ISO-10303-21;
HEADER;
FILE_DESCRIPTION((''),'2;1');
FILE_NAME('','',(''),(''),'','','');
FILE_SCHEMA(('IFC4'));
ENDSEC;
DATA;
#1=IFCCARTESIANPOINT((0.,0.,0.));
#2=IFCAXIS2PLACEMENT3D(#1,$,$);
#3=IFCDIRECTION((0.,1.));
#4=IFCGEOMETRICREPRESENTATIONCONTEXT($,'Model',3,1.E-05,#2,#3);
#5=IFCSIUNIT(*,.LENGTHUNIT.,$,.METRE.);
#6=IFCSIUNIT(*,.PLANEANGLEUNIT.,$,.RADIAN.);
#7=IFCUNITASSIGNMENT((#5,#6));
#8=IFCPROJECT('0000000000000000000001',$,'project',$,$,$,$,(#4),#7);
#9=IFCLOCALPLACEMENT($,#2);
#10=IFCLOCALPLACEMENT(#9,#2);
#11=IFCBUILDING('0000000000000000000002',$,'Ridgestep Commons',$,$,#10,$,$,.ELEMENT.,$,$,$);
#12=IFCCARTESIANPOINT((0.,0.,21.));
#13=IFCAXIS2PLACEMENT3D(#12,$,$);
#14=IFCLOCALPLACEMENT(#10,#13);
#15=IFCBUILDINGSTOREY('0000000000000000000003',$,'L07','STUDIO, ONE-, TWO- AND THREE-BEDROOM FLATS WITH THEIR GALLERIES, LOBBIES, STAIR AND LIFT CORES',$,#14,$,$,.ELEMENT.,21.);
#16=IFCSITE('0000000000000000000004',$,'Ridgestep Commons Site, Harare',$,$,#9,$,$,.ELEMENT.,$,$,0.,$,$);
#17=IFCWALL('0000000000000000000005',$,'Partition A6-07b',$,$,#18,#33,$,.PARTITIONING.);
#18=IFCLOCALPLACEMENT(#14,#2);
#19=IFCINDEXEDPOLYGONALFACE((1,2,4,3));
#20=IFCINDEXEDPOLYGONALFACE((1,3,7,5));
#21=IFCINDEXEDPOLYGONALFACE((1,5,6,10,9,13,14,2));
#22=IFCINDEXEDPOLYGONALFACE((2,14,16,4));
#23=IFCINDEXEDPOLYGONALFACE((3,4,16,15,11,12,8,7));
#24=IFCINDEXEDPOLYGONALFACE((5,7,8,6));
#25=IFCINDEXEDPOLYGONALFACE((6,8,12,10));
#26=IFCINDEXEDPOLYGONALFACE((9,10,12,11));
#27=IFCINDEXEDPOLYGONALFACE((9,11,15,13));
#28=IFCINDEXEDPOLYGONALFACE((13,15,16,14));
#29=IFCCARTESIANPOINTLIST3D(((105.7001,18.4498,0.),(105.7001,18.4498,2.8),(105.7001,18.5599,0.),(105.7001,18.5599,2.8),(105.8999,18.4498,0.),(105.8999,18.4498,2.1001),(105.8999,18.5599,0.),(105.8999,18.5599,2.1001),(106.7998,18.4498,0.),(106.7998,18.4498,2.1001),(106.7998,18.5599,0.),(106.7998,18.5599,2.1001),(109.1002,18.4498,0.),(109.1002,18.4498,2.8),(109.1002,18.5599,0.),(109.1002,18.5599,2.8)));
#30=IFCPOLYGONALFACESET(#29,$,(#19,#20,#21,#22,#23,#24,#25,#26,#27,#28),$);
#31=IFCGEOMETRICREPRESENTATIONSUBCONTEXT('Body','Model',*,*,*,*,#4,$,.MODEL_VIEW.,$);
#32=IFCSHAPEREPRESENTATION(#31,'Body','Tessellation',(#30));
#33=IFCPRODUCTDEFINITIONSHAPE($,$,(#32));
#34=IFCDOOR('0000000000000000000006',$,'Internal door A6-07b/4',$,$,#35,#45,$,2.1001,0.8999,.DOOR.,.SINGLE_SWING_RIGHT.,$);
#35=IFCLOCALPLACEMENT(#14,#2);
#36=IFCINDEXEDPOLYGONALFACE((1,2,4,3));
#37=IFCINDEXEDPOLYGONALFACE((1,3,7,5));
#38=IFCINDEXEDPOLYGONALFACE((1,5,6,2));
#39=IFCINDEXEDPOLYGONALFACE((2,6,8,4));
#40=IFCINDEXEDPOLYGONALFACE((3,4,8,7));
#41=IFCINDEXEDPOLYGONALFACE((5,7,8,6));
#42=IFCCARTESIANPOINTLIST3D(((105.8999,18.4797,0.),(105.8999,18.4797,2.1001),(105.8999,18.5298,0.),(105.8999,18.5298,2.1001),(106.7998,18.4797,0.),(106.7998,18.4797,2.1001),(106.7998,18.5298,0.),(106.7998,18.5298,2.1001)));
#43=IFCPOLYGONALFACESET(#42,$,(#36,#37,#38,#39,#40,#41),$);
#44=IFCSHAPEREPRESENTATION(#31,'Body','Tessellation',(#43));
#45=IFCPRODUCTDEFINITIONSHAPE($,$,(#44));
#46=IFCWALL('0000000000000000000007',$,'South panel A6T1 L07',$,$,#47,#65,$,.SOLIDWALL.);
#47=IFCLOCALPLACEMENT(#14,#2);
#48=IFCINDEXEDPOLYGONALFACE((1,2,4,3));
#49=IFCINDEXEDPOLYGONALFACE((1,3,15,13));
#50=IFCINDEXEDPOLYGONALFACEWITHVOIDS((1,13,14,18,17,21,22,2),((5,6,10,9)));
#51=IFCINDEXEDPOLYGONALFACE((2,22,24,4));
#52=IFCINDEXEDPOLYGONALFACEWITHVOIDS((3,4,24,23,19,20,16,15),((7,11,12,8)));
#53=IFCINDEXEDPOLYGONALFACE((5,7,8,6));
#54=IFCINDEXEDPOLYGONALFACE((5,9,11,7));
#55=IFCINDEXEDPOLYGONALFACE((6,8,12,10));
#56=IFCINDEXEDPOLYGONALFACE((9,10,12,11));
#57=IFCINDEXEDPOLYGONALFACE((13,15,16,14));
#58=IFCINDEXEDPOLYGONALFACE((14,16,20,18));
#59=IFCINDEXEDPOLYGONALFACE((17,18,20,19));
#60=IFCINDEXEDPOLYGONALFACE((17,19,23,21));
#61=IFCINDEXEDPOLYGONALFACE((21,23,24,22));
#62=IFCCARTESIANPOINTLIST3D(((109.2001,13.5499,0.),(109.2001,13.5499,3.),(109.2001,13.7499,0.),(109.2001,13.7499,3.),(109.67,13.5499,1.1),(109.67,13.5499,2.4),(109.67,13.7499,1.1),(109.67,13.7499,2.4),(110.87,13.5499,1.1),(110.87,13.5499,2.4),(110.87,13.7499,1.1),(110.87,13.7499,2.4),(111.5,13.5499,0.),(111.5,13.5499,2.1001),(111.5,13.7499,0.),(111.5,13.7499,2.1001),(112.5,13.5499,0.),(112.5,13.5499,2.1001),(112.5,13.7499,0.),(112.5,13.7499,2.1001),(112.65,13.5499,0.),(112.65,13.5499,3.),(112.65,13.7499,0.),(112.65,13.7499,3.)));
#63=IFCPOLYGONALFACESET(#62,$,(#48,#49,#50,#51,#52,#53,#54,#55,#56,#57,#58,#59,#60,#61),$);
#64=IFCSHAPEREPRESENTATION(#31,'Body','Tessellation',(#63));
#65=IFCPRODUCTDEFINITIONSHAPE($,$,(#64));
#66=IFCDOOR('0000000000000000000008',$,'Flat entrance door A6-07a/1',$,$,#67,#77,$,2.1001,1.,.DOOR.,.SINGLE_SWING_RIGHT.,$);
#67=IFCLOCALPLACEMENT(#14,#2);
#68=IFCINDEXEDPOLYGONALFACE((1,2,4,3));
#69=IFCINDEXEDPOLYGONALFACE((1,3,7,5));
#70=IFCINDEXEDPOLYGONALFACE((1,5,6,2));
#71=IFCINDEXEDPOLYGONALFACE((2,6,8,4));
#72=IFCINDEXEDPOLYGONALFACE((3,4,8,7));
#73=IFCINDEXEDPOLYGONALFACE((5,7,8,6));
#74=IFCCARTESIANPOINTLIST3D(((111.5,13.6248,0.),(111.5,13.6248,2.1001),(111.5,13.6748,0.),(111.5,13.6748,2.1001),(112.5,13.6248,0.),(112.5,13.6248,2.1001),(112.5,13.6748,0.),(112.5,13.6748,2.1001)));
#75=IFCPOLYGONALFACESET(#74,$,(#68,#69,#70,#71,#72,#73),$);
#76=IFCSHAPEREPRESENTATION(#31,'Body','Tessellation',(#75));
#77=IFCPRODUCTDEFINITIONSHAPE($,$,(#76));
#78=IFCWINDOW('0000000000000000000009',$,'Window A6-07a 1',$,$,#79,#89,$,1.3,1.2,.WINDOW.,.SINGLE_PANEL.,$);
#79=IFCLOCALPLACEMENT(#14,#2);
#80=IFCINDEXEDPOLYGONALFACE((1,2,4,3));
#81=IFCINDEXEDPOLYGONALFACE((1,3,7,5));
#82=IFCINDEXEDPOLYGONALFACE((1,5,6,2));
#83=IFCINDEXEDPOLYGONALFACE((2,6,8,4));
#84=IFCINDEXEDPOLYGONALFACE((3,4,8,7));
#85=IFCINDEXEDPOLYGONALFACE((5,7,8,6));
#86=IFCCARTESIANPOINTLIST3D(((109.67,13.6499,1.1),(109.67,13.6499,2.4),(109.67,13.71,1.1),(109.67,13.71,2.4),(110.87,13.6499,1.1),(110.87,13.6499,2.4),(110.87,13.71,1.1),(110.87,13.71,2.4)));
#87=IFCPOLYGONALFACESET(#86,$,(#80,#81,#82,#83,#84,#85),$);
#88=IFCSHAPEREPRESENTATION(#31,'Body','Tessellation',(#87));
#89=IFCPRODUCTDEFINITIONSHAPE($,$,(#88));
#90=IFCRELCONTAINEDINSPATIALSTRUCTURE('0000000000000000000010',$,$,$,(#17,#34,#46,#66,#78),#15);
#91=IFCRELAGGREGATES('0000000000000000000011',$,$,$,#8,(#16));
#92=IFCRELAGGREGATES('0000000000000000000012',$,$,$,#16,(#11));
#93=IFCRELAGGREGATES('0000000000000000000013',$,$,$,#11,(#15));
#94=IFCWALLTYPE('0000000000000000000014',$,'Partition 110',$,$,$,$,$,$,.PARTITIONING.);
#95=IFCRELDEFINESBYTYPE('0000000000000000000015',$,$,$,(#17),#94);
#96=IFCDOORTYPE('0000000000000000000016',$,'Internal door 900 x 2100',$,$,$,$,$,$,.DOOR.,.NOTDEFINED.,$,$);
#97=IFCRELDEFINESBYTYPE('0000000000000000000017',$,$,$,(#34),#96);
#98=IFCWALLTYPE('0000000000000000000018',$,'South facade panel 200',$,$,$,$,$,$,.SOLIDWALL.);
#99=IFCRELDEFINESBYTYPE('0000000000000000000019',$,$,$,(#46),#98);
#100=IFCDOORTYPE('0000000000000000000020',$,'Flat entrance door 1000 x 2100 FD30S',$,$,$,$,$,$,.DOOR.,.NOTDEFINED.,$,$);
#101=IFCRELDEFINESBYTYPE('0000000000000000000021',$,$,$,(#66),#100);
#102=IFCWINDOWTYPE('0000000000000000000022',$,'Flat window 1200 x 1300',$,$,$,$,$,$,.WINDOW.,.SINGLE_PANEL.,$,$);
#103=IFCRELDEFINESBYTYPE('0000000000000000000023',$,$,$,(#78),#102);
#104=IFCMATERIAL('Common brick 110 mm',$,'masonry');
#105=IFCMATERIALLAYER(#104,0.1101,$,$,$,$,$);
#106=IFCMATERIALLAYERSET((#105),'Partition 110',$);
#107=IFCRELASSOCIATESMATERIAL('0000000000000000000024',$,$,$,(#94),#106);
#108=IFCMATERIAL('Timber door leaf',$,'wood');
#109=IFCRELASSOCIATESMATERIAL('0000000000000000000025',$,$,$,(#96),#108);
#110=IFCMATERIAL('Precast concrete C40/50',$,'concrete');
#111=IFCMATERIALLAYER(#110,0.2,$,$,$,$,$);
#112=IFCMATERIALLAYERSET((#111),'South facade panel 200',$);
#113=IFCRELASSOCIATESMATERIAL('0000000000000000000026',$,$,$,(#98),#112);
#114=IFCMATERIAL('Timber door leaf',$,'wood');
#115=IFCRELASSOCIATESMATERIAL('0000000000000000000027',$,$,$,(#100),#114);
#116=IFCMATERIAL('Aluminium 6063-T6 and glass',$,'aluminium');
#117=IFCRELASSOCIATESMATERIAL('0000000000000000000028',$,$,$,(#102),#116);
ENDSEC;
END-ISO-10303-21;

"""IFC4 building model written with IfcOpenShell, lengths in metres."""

from ifc_helpers import new_model, si_unit, direction, frame, frame_2d, origin, place, context, subcontext, project, spatial, rectangle, extrude, material, layer, layer_set, type_object, element, fill, save


model = new_model("IFC4")

# Units and contexts
model_context = context("Model", 3, precision=1e-05, world=origin(), true_north=direction((0.0, 1.0)))
body_context = subcontext(model_context, "Body", "Model", "MODEL_VIEW")
ifc_project = project(units=[si_unit("LENGTHUNIT", "METRE"), si_unit("PLANEANGLEUNIT", "RADIAN")], contexts=[model_context])

# Site, building, storey
site_placement = place(None, origin())
site = spatial("IfcSite", under=ifc_project, at=site_placement, Name="Ridgestep Commons Site, Harare", CompositionType="ELEMENT", RefElevation=0.0)
building_placement = place(site_placement, origin())
building = spatial("IfcBuilding", under=site, at=building_placement, Name="Ridgestep Commons", CompositionType="ELEMENT")
storey_placement = place(building_placement, frame((0.0, 0.0, 21.0)))
storey = spatial("IfcBuildingStorey", under=building, at=storey_placement, Name="L07", Description="STUDIO, ONE-, TWO- AND THREE-BEDROOM FLATS WITH THEIR GALLERIES, LOBBIES, STAIR AND LIFT CORES", CompositionType="ELEMENT", Elevation=21.0)

# Shared definitions
ifc_material_1 = material(Name="Common brick 110 mm", Category="masonry")
ifc_layer_1 = layer(ifc_material_1, 0.1101)
ifc_layer_set_1 = layer_set([ifc_layer_1], Name="Partition 110")
wall_type_1 = type_object("IfcWallType", Name="Partition 110", PredefinedType="PARTITIONING", material=ifc_layer_set_1)

# Shared definitions
ifc_material_2 = material(Name="Timber door leaf", Category="wood")
door_type_1 = type_object("IfcDoorType", Name="Internal door 900 x 2100", OperationType="NOTDEFINED", PredefinedType="DOOR", material=ifc_material_2)

# Wall, opening, door
wall_1_placement = place(storey_placement, frame((105.7, 18.5049, 0.0), z_axis=(0.0, 0.0, 1.0), x_axis=(1.0, 0.0, 0.0)))
wall_1 = element("IfcWall", 1, at=wall_1_placement, inside=storey, type_object=wall_type_1, Name="Partition A6-07b", PredefinedType="PARTITIONING", context=body_context, shape_type="SweptSolid", body=[
    extrude(rectangle(XDim=3.4001, YDim=0.1101, at=frame_2d((1.7002, 0.0))), origin(), (0.0, 0.0, 1.0), 2.8),
])
opening_1_placement = place(wall_1_placement, frame((0.2, 0.0, 0.0)))
opening_1 = element("IfcOpeningElement", 2, at=opening_1_placement, cuts=wall_1, PredefinedType="OPENING", context=body_context, shape_type="SweptSolid", body=[
    extrude(rectangle(XDim=0.8999, YDim=2.1001, at=frame_2d((0.45, 1.05))), frame((0.0, 0.0649, 0.0), z_axis=(0.0, -1.0, 0.0), x_axis=(1.0, 0.0, 0.0)), (0.0, 0.0, 1.0), 0.1301),
])
door_1_placement = place(opening_1_placement, origin())
door_1 = element("IfcDoor", 3, at=door_1_placement, inside=storey, type_object=door_type_1, Name="Internal door A6-07b/4", OperationType="SINGLE_SWING_RIGHT", OverallHeight=2.1001, OverallWidth=0.8999, PredefinedType="DOOR", context=body_context, shape_type="SweptSolid", body=[
    extrude(rectangle(XDim=0.8999, YDim=2.1001, at=frame_2d((0.45, 1.05))), frame((0.0, 0.0249, 0.0), z_axis=(0.0, -1.0, 0.0), x_axis=(1.0, 0.0, 0.0)), (0.0, 0.0, 1.0), 0.05),
])
fill(opening_1, door_1)

# Wall, openings, door, window
ifc_material_3 = material(Name="Precast concrete C40/50", Category="concrete")
ifc_layer_2 = layer(ifc_material_3, 0.2)
ifc_layer_set_2 = layer_set([ifc_layer_2], Name="South facade panel 200")
wall_type_2 = type_object("IfcWallType", Name="South facade panel 200", PredefinedType="SOLIDWALL", material=ifc_layer_set_2)
wall_2_placement = place(storey_placement, frame((109.2, 13.6499, 0.0), z_axis=(0.0, 0.0, 1.0), x_axis=(1.0, 0.0, 0.0)))
wall_2 = element("IfcWall", 4, at=wall_2_placement, inside=storey, type_object=wall_type_2, Name="South panel A6T1 L07", PredefinedType="SOLIDWALL", context=body_context, shape_type="SweptSolid", body=[
    extrude(rectangle(XDim=3.45, YDim=0.2, at=frame_2d((1.7251, 0.0))), origin(), (0.0, 0.0, 1.0), 3.0),
])
opening_2_placement = place(wall_2_placement, frame((0.47, 0.0, 1.1001)))
opening_2 = element("IfcOpeningElement", 5, at=opening_2_placement, cuts=wall_2, PredefinedType="OPENING", context=body_context, shape_type="SweptSolid", body=[
    extrude(rectangle(XDim=1.2, YDim=1.3, at=frame_2d((0.6001, 0.6499))), frame((0.0, 0.1099, 0.0), z_axis=(0.0, -1.0, 0.0), x_axis=(1.0, 0.0, 0.0)), (0.0, 0.0, 1.0), 0.22),
])
opening_3_placement = place(wall_2_placement, frame((2.3, 0.0, 0.0)))
opening_3 = element("IfcOpeningElement", 6, at=opening_3_placement, cuts=wall_2, PredefinedType="OPENING", context=body_context, shape_type="SweptSolid", body=[
    extrude(rectangle(XDim=1.0, YDim=2.1001, at=frame_2d((0.5, 1.05))), frame((0.0, 0.1099, 0.0), z_axis=(0.0, -1.0, 0.0), x_axis=(1.0, 0.0, 0.0)), (0.0, 0.0, 1.0), 0.22),
])
ifc_material_4 = material(Name="Timber door leaf", Category="wood")
door_type_2 = type_object("IfcDoorType", Name="Flat entrance door 1000 x 2100 FD30S", OperationType="NOTDEFINED", PredefinedType="DOOR", material=ifc_material_4)
door_2_placement = place(opening_3_placement, origin())
door_2 = element("IfcDoor", 7, at=door_2_placement, inside=storey, type_object=door_type_2, Name="Flat entrance door A6-07a/1", OperationType="SINGLE_SWING_RIGHT", OverallHeight=2.1001, OverallWidth=1.0, PredefinedType="DOOR", context=body_context, shape_type="SweptSolid", body=[
    extrude(rectangle(XDim=1.0, YDim=2.1001, at=frame_2d((0.5, 1.05))), frame((0.0, 0.0249, 0.0), z_axis=(0.0, -1.0, 0.0), x_axis=(1.0, 0.0, 0.0)), (0.0, 0.0, 1.0), 0.05),
])
fill(opening_3, door_2)
ifc_material_5 = material(Name="Aluminium 6063-T6 and glass", Category="aluminium")
window_type = type_object("IfcWindowType", Name="Flat window 1200 x 1300", PartitioningType="SINGLE_PANEL", PredefinedType="WINDOW", material=ifc_material_5)
window_placement = place(opening_2_placement, origin())
window = element("IfcWindow", 8, at=window_placement, inside=storey, type_object=window_type, Name="Window A6-07a 1", OverallHeight=1.3, OverallWidth=1.2, PartitioningType="SINGLE_PANEL", PredefinedType="WINDOW", context=body_context, shape_type="SweptSolid", body=[
    extrude(rectangle(XDim=1.2, YDim=1.3, at=frame_2d((0.6001, 0.6499))), frame((0.0, 0.0601, 0.0), z_axis=(0.0, -1.0, 0.0), x_axis=(1.0, 0.0, 0.0)), (0.0, 0.0, 1.0), 0.0601),
])
fill(opening_2, window)

save(model, "model.ifc")
